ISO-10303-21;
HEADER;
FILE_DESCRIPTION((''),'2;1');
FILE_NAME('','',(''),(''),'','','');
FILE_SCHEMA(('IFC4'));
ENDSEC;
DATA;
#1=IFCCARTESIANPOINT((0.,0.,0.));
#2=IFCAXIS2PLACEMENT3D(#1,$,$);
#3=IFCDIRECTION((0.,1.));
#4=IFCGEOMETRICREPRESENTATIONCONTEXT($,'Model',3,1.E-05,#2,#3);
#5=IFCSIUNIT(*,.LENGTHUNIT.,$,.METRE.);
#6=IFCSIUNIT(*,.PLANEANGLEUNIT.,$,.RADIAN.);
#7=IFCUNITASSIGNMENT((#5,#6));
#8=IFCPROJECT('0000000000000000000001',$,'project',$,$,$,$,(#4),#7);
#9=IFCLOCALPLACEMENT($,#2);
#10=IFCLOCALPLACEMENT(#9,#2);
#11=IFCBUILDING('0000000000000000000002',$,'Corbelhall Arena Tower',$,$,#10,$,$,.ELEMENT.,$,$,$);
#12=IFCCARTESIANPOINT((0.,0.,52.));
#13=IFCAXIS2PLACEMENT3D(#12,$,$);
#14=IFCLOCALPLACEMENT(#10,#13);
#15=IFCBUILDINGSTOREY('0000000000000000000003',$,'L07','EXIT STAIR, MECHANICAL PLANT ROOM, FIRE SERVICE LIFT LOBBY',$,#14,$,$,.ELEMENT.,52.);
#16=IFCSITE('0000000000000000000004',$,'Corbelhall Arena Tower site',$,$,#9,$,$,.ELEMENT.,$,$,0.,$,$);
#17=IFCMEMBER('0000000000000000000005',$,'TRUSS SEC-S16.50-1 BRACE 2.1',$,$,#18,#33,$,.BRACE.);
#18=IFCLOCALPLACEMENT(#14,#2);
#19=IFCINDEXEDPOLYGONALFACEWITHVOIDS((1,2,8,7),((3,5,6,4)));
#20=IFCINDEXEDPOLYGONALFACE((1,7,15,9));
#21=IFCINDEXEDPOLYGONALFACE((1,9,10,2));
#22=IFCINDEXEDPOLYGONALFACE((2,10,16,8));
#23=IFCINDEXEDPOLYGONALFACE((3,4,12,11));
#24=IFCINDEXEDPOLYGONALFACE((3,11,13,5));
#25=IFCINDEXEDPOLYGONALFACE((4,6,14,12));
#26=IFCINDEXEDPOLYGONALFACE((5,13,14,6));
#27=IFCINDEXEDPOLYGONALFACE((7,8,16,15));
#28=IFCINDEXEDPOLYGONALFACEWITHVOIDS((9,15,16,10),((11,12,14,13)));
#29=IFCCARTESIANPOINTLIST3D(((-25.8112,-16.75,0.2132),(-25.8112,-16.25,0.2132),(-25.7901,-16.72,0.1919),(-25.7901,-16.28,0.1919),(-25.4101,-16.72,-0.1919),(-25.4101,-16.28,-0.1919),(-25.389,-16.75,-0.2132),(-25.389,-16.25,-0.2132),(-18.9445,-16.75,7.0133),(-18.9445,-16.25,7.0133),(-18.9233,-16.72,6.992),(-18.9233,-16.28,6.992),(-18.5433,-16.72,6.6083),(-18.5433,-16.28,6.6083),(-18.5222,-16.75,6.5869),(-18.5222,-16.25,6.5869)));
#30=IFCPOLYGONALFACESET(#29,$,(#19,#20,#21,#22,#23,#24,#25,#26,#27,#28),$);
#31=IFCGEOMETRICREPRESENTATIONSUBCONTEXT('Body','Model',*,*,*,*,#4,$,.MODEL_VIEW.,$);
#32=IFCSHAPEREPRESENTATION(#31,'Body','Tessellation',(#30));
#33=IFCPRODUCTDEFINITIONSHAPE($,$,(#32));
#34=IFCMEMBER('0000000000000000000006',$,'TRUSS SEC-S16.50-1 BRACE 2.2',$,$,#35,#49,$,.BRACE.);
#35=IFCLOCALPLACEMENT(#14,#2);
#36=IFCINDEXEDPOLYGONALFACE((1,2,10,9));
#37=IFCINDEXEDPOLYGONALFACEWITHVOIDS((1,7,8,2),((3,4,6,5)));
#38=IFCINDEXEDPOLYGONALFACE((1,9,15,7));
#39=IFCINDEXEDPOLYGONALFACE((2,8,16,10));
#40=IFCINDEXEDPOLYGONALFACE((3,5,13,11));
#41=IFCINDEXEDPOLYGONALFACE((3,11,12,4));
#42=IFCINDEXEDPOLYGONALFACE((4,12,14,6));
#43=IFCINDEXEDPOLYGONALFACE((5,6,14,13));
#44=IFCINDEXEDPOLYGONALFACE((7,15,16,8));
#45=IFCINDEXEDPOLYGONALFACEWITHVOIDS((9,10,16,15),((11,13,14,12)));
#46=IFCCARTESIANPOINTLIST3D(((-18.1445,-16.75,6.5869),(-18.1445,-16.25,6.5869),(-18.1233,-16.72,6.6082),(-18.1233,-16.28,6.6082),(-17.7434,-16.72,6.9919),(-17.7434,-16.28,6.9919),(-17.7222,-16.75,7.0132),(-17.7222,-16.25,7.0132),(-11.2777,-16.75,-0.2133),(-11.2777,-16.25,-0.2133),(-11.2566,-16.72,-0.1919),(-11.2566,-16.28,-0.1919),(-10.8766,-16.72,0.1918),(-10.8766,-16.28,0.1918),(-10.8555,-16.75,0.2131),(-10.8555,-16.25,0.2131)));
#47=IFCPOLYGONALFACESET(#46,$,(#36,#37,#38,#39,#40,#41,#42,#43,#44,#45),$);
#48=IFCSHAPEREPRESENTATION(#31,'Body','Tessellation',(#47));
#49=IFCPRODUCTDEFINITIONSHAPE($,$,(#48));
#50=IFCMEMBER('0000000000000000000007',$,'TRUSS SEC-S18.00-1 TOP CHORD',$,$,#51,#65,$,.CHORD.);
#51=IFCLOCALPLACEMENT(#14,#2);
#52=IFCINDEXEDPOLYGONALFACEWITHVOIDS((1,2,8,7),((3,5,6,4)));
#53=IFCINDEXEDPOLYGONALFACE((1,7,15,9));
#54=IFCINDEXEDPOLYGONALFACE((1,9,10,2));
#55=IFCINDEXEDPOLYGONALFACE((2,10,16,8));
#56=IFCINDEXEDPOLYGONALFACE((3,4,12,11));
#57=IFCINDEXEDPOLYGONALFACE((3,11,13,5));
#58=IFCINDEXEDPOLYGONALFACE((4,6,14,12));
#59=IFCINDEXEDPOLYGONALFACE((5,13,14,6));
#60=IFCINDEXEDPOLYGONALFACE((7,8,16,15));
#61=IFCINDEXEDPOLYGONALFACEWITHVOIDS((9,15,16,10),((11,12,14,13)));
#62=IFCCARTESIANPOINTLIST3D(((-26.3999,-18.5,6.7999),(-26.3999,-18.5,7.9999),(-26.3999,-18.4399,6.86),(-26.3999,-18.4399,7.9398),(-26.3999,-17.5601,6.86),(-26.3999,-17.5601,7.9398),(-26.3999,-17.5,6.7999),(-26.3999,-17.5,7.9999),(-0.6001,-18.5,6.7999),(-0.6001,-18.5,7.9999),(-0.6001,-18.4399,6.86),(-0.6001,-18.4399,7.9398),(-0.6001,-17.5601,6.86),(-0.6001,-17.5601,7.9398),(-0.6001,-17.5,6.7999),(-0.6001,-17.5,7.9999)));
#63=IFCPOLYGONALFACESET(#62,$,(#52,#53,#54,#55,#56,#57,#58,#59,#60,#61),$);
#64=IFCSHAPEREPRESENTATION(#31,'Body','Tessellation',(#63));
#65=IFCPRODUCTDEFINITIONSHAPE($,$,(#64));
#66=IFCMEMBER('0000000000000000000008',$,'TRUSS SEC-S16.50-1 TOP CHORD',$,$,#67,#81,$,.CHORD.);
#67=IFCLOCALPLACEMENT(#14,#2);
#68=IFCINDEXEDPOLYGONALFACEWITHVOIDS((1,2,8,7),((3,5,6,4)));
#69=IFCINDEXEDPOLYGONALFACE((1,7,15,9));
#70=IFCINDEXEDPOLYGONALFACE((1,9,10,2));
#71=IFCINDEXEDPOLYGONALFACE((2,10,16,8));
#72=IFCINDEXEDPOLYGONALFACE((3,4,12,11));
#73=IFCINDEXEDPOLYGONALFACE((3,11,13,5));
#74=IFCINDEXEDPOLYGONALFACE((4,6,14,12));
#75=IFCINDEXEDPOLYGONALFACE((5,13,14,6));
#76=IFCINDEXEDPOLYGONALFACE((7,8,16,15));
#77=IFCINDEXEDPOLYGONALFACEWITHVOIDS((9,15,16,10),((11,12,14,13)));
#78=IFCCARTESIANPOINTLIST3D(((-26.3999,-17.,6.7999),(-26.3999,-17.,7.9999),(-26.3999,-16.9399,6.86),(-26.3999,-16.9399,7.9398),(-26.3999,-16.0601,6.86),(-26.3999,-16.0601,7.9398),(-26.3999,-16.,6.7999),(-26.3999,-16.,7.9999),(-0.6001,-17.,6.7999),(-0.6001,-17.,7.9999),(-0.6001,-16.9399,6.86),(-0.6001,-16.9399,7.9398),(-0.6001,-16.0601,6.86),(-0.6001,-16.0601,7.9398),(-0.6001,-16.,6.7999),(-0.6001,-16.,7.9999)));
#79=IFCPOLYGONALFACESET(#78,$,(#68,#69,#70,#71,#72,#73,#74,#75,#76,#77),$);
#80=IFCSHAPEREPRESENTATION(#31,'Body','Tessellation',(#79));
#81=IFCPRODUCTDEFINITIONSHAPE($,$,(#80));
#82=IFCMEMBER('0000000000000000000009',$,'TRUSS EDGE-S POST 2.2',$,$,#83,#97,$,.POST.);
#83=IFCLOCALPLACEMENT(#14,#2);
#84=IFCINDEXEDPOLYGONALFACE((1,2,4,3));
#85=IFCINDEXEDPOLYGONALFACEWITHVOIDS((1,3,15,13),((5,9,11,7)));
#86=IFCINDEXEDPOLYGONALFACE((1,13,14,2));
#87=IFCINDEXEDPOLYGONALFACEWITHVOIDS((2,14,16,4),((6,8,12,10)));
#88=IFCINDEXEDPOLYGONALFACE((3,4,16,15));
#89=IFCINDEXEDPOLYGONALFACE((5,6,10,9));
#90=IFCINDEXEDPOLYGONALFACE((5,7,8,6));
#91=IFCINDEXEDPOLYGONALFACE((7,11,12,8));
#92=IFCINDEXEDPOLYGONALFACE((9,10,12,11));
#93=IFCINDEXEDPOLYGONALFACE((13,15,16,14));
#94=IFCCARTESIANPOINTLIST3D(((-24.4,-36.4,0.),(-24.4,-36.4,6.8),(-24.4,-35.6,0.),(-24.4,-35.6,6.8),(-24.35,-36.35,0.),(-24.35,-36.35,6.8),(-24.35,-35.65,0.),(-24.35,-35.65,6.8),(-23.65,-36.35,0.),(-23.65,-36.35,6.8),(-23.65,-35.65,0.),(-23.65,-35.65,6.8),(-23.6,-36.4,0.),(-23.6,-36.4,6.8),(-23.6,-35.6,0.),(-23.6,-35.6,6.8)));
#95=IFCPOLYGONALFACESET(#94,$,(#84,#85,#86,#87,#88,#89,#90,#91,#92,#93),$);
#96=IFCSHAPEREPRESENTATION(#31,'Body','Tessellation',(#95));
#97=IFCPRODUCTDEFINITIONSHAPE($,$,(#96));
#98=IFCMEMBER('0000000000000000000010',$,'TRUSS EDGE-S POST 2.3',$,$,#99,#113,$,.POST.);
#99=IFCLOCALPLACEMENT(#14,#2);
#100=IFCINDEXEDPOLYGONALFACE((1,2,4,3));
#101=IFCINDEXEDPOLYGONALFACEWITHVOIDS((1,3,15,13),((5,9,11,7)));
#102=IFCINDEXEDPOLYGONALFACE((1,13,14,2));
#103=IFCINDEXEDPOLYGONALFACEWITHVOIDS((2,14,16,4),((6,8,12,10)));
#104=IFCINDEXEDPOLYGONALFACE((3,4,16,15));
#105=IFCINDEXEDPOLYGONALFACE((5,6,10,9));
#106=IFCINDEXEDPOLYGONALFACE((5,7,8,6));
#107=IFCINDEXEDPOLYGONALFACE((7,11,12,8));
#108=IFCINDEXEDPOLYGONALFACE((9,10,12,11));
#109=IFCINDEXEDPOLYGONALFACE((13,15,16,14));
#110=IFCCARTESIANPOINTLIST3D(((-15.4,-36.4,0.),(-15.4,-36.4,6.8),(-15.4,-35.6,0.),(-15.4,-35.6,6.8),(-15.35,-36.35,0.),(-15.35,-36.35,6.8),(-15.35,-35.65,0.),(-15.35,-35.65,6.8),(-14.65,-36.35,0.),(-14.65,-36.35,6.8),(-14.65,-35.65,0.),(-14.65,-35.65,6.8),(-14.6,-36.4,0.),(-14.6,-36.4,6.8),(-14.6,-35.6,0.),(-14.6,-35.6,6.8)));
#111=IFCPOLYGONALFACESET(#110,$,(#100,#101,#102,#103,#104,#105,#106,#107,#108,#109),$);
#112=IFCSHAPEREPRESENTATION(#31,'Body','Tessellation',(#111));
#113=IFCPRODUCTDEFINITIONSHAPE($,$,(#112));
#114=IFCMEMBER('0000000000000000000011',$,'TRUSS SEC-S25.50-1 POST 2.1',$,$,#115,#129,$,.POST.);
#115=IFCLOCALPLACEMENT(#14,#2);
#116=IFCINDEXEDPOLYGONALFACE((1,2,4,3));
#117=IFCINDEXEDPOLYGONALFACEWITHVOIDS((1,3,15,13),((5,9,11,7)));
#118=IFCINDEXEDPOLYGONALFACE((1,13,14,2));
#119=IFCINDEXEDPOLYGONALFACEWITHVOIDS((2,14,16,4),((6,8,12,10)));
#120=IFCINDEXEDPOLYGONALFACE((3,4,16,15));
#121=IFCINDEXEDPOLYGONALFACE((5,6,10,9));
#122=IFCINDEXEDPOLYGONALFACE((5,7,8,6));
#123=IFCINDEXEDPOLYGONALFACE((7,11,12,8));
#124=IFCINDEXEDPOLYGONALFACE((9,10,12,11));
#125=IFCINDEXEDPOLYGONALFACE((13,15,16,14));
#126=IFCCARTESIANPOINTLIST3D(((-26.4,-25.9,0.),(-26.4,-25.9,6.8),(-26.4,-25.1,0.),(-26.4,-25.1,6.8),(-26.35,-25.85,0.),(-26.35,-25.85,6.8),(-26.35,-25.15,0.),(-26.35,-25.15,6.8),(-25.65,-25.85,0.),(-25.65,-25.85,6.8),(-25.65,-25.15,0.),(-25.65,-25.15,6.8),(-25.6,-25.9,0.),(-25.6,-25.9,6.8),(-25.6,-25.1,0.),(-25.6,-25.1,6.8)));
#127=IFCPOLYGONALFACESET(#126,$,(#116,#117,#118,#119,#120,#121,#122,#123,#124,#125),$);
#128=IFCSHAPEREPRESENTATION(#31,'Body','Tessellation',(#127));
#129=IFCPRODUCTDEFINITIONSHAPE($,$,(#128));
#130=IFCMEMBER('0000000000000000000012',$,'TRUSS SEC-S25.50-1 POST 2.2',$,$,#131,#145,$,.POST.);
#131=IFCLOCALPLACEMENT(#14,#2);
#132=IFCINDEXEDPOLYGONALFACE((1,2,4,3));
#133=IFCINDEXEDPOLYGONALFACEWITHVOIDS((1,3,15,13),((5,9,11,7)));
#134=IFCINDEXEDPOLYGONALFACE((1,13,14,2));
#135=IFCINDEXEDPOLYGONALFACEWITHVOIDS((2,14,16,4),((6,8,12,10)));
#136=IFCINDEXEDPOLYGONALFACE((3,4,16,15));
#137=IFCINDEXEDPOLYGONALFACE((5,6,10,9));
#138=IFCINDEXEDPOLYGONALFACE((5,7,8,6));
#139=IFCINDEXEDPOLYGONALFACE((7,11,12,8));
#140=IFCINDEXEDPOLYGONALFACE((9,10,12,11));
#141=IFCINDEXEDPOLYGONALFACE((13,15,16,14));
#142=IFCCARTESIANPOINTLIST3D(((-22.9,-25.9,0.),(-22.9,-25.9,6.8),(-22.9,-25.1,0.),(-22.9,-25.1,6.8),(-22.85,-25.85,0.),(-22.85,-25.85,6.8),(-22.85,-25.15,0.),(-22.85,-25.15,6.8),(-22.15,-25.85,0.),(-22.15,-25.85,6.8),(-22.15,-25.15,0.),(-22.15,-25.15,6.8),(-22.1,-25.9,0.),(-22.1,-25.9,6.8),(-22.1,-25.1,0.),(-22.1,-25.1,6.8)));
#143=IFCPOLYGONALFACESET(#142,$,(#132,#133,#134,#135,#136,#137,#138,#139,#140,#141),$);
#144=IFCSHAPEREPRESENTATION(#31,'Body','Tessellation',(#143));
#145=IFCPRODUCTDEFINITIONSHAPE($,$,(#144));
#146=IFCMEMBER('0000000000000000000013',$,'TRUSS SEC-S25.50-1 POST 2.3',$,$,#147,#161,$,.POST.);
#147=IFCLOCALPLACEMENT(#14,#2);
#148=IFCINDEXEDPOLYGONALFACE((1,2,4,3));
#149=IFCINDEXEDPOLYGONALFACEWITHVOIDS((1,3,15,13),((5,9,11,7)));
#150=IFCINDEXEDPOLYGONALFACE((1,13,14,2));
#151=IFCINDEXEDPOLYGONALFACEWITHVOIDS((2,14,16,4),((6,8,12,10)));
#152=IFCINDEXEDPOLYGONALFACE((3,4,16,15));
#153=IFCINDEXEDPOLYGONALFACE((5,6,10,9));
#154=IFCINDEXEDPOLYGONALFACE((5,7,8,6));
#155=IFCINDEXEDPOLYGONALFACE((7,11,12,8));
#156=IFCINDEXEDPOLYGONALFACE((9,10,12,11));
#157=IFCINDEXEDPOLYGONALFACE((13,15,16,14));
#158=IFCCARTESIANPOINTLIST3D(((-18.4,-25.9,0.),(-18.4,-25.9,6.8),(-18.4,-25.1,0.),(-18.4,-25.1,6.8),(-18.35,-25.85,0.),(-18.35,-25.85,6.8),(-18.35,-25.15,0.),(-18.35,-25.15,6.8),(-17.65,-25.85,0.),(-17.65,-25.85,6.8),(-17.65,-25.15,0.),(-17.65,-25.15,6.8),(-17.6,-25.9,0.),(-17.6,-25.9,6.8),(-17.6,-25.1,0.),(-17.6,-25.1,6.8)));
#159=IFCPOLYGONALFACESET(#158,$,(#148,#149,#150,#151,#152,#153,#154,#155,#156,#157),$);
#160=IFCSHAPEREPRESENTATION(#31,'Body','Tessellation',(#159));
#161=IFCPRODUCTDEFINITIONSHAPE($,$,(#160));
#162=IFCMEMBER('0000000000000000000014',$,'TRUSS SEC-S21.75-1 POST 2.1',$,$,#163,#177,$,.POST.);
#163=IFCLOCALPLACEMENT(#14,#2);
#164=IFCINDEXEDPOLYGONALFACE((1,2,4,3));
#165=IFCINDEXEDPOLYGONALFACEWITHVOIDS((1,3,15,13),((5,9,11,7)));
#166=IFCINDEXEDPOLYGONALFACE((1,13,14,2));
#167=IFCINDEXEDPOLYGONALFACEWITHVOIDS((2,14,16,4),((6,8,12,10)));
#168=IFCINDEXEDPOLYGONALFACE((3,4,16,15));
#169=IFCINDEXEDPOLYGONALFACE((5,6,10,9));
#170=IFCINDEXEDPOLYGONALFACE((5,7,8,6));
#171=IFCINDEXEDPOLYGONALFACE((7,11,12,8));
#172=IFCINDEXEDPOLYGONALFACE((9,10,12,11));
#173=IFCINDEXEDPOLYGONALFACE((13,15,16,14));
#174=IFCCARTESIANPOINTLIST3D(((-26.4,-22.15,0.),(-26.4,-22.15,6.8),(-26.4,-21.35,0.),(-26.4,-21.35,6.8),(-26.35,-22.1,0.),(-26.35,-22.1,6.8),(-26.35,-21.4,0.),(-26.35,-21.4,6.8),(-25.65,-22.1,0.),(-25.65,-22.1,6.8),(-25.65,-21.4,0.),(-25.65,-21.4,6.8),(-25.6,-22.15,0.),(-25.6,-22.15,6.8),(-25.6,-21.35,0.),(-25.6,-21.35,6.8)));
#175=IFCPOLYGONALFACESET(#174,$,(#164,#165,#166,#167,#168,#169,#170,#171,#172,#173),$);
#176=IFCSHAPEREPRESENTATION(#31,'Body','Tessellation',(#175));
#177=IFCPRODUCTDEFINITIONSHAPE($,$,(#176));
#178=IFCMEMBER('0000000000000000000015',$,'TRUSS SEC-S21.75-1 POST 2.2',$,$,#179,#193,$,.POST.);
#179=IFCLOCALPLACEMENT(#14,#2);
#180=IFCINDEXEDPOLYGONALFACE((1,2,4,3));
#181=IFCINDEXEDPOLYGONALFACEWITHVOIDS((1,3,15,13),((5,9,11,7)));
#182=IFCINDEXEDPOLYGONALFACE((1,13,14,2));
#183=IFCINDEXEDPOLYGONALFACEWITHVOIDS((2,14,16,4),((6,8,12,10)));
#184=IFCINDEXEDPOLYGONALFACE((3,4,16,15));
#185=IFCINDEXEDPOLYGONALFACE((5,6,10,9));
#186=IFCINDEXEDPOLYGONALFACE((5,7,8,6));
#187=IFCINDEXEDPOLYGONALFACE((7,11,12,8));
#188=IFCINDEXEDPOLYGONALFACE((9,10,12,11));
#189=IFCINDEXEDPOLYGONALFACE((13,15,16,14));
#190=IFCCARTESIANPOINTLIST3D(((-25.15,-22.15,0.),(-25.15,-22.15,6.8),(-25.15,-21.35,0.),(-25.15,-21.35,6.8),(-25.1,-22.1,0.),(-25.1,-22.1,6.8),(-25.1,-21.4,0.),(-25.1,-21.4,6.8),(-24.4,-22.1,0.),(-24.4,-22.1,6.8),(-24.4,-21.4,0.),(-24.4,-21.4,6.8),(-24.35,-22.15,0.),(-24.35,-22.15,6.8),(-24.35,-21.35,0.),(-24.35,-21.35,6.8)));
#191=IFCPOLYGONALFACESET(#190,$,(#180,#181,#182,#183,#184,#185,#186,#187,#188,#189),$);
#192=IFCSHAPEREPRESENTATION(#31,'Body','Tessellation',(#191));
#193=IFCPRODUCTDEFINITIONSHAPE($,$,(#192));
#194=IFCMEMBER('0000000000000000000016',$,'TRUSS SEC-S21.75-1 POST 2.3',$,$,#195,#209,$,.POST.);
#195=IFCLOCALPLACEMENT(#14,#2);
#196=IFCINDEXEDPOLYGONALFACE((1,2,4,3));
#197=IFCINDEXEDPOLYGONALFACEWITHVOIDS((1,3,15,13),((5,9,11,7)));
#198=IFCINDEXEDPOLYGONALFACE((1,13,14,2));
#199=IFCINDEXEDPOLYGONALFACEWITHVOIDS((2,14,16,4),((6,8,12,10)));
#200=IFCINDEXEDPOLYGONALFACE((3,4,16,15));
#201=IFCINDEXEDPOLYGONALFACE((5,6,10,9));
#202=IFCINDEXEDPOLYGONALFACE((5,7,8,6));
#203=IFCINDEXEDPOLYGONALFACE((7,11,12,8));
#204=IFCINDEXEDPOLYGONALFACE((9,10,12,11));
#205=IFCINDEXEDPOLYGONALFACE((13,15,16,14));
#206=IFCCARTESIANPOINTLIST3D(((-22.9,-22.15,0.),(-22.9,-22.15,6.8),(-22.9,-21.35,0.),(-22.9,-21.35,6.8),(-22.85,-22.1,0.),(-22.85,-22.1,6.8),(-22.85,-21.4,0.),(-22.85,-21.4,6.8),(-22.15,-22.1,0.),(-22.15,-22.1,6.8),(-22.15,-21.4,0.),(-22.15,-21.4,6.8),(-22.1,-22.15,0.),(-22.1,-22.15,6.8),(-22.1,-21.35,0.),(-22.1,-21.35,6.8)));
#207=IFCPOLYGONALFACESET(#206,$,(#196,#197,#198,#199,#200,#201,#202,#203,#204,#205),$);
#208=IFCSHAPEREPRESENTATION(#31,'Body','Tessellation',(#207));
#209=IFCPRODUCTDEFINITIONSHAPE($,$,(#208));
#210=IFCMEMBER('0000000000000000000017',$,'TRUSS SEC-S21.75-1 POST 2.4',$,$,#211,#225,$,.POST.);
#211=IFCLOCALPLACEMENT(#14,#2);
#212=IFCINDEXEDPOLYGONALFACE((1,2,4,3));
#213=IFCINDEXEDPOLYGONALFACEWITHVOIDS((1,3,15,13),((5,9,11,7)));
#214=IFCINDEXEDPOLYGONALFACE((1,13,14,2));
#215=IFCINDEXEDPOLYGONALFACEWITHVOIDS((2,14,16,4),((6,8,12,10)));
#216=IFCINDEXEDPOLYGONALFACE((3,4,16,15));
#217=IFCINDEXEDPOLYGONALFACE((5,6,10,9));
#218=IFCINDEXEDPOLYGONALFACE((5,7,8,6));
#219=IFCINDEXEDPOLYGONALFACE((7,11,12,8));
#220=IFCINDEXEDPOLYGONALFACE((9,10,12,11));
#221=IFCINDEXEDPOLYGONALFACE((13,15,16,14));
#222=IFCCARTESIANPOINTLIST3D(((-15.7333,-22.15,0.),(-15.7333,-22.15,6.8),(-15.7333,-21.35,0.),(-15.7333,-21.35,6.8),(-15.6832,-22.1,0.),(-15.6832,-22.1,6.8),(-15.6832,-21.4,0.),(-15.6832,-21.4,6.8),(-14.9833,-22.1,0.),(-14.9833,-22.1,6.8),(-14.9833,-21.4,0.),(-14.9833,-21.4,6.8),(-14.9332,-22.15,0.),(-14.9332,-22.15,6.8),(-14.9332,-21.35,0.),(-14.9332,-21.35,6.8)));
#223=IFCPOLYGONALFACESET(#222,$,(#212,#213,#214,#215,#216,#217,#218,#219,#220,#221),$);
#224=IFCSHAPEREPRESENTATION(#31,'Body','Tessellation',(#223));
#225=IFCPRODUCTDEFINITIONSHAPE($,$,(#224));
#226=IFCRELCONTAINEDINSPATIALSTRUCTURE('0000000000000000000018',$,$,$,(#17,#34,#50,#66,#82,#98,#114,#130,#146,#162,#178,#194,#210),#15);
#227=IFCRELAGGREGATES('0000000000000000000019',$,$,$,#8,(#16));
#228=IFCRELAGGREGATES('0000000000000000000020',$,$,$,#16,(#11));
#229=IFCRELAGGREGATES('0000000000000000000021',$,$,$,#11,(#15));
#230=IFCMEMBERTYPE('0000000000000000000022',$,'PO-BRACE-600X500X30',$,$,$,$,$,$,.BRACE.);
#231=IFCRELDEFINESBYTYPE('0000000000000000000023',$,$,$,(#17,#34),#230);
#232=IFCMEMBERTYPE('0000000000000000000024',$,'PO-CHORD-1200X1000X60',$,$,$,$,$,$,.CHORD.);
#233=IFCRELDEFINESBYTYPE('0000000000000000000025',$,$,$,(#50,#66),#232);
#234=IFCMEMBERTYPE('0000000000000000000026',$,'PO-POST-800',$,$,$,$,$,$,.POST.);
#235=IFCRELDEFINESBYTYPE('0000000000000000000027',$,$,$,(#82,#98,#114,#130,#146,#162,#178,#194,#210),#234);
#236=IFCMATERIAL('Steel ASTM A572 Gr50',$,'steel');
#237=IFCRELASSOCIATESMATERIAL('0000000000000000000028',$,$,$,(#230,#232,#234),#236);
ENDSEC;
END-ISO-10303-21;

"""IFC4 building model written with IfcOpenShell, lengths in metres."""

from ifc_helpers import new_model, si_unit, direction, frame, origin, origin_2d, place, context, subcontext, project, spatial, hollow_rectangle, extrude, material, material_profile, profile_set, type_object, element, save


model = new_model("IFC4")

# Units and contexts
model_context = context("Model", 3, precision=1e-05, world=origin(), true_north=direction((0.0, 1.0)))
body_context = subcontext(model_context, "Body", "Model", "MODEL_VIEW")
ifc_project = project(units=[si_unit("LENGTHUNIT", "METRE"), si_unit("PLANEANGLEUNIT", "RADIAN")], contexts=[model_context])

# Site, building, storey
site_placement = place(None, origin())
site = spatial("IfcSite", under=ifc_project, at=site_placement, Name="Corbelhall Arena Tower site", CompositionType="ELEMENT", RefElevation=0.0)
building_placement = place(site_placement, origin())
building = spatial("IfcBuilding", under=site, at=building_placement, Name="Corbelhall Arena Tower", CompositionType="ELEMENT")
storey_placement = place(building_placement, frame((0.0, 0.0, 52.0)))
storey = spatial("IfcBuildingStorey", under=building, at=storey_placement, Name="L07", Description="EXIT STAIR, MECHANICAL PLANT ROOM, FIRE SERVICE LIFT LOBBY", CompositionType="ELEMENT", Elevation=52.0)

# Members
ifc_material_1 = material(Name="Steel ASTM A572 Gr50", Category="steel")
ifc_material_profile_1 = material_profile(ifc_material_1, hollow_rectangle(XDim=0.5, YDim=0.6001, WallThickness=0.03, at=origin_2d()))
ifc_profile_set_1 = profile_set([ifc_material_profile_1], Name="Steel ASTM A572 Gr50")
member_type_1 = type_object("IfcMemberType", Name="PO-BRACE-600X500X30", PredefinedType="BRACE", material=ifc_profile_set_1)
for number, where, z_axis, x_axis, name in (
    (1, (-25.6001, -16.5, 0.0), (0.710547, 0.0, 0.70365), (0.0, 1.0, 0.0), "TRUSS SEC-S16.50-1 BRACE 2.1"),
    (2, (-17.9333, -16.5, 6.8), (0.710547, 0.0, -0.70365), (0.0, 1.0, 0.0), "TRUSS SEC-S16.50-1 BRACE 2.2"),
):
    element("IfcMember", number, at=place(storey_placement, frame(where, z_axis=z_axis, x_axis=x_axis)), inside=storey, type_object=member_type_1, Name=name, PredefinedType="BRACE", context=body_context, shape_type="SweptSolid", body=[
        extrude(hollow_rectangle(XDim=0.5, YDim=0.6001, WallThickness=0.03, at=origin_2d()), origin(), (0.0, 0.0, 1.0), 9.6641),
    ])
ifc_material_profile_2 = material_profile(ifc_material_1, hollow_rectangle(XDim=1.0, YDim=1.2, WallThickness=0.0601, at=origin_2d()))
ifc_profile_set_2 = profile_set([ifc_material_profile_2], Name="Steel ASTM A572 Gr50")
member_type_2 = type_object("IfcMemberType", Name="PO-CHORD-1200X1000X60", PredefinedType="CHORD", material=ifc_profile_set_2)
for number, where, z_axis, x_axis, name in (
    (3, (-26.3999, -18.0, 7.3999), (1.0, 0.0, 0.0), (0.0, 1.0, 0.0), "TRUSS SEC-S18.00-1 TOP CHORD"),
    (4, (-26.3999, -16.5, 7.3999), (1.0, 0.0, 0.0), (0.0, 1.0, 0.0), "TRUSS SEC-S16.50-1 TOP CHORD"),
):
    element("IfcMember", number, at=place(storey_placement, frame(where, z_axis=z_axis, x_axis=x_axis)), inside=storey, type_object=member_type_2, Name=name, PredefinedType="CHORD", context=body_context, shape_type="SweptSolid", body=[
        extrude(hollow_rectangle(XDim=1.0, YDim=1.2, WallThickness=0.0601, at=origin_2d()), origin(), (0.0, 0.0, 1.0), 25.7998),
    ])
ifc_material_profile_3 = material_profile(ifc_material_1, hollow_rectangle(XDim=0.8, YDim=0.8, WallThickness=0.05, at=origin_2d()))
ifc_profile_set_3 = profile_set([ifc_material_profile_3], Name="Steel ASTM A572 Gr50")
member_type_3 = type_object("IfcMemberType", Name="PO-POST-800", PredefinedType="POST", material=ifc_profile_set_3)
for number, where, z_axis, x_axis, name in (
    (5, (-24.0, -36.0, 0.0), (0.0, 0.0, 1.0), (1.0, 0.0, 0.0), "TRUSS EDGE-S POST 2.2"),
    (6, (-15.0, -36.0, 0.0), (0.0, 0.0, 1.0), (1.0, 0.0, 0.0), "TRUSS EDGE-S POST 2.3"),
    (7, (-26.0, -25.5, 0.0), (0.0, 0.0, 1.0), (1.0, 0.0, 0.0), "TRUSS SEC-S25.50-1 POST 2.1"),
    (8, (-22.5, -25.5, 0.0), (0.0, 0.0, 1.0), (1.0, 0.0, 0.0), "TRUSS SEC-S25.50-1 POST 2.2"),
    (9, (-18.0, -25.5, 0.0), (0.0, 0.0, 1.0), (1.0, 0.0, 0.0), "TRUSS SEC-S25.50-1 POST 2.3"),
    (10, (-26.0, -21.75, 0.0), (0.0, 0.0, 1.0), (1.0, 0.0, 0.0), "TRUSS SEC-S21.75-1 POST 2.1"),
    (11, (-24.75, -21.75, 0.0), (0.0, 0.0, 1.0), (1.0, 0.0, 0.0), "TRUSS SEC-S21.75-1 POST 2.2"),
    (12, (-22.5, -21.75, 0.0), (0.0, 0.0, 1.0), (1.0, 0.0, 0.0), "TRUSS SEC-S21.75-1 POST 2.3"),
    (13, (-15.3333, -21.75, 0.0), (0.0, 0.0, 1.0), (1.0, 0.0, 0.0), "TRUSS SEC-S21.75-1 POST 2.4"),
):
    element("IfcMember", number, at=place(storey_placement, frame(where, z_axis=z_axis, x_axis=x_axis)), inside=storey, type_object=member_type_3, Name=name, PredefinedType="POST", context=body_context, shape_type="SweptSolid", body=[
        extrude(hollow_rectangle(XDim=0.8, YDim=0.8, WallThickness=0.05, at=origin_2d()), origin(), (0.0, 0.0, 1.0), 6.8),
    ])

save(model, "model.ifc")
